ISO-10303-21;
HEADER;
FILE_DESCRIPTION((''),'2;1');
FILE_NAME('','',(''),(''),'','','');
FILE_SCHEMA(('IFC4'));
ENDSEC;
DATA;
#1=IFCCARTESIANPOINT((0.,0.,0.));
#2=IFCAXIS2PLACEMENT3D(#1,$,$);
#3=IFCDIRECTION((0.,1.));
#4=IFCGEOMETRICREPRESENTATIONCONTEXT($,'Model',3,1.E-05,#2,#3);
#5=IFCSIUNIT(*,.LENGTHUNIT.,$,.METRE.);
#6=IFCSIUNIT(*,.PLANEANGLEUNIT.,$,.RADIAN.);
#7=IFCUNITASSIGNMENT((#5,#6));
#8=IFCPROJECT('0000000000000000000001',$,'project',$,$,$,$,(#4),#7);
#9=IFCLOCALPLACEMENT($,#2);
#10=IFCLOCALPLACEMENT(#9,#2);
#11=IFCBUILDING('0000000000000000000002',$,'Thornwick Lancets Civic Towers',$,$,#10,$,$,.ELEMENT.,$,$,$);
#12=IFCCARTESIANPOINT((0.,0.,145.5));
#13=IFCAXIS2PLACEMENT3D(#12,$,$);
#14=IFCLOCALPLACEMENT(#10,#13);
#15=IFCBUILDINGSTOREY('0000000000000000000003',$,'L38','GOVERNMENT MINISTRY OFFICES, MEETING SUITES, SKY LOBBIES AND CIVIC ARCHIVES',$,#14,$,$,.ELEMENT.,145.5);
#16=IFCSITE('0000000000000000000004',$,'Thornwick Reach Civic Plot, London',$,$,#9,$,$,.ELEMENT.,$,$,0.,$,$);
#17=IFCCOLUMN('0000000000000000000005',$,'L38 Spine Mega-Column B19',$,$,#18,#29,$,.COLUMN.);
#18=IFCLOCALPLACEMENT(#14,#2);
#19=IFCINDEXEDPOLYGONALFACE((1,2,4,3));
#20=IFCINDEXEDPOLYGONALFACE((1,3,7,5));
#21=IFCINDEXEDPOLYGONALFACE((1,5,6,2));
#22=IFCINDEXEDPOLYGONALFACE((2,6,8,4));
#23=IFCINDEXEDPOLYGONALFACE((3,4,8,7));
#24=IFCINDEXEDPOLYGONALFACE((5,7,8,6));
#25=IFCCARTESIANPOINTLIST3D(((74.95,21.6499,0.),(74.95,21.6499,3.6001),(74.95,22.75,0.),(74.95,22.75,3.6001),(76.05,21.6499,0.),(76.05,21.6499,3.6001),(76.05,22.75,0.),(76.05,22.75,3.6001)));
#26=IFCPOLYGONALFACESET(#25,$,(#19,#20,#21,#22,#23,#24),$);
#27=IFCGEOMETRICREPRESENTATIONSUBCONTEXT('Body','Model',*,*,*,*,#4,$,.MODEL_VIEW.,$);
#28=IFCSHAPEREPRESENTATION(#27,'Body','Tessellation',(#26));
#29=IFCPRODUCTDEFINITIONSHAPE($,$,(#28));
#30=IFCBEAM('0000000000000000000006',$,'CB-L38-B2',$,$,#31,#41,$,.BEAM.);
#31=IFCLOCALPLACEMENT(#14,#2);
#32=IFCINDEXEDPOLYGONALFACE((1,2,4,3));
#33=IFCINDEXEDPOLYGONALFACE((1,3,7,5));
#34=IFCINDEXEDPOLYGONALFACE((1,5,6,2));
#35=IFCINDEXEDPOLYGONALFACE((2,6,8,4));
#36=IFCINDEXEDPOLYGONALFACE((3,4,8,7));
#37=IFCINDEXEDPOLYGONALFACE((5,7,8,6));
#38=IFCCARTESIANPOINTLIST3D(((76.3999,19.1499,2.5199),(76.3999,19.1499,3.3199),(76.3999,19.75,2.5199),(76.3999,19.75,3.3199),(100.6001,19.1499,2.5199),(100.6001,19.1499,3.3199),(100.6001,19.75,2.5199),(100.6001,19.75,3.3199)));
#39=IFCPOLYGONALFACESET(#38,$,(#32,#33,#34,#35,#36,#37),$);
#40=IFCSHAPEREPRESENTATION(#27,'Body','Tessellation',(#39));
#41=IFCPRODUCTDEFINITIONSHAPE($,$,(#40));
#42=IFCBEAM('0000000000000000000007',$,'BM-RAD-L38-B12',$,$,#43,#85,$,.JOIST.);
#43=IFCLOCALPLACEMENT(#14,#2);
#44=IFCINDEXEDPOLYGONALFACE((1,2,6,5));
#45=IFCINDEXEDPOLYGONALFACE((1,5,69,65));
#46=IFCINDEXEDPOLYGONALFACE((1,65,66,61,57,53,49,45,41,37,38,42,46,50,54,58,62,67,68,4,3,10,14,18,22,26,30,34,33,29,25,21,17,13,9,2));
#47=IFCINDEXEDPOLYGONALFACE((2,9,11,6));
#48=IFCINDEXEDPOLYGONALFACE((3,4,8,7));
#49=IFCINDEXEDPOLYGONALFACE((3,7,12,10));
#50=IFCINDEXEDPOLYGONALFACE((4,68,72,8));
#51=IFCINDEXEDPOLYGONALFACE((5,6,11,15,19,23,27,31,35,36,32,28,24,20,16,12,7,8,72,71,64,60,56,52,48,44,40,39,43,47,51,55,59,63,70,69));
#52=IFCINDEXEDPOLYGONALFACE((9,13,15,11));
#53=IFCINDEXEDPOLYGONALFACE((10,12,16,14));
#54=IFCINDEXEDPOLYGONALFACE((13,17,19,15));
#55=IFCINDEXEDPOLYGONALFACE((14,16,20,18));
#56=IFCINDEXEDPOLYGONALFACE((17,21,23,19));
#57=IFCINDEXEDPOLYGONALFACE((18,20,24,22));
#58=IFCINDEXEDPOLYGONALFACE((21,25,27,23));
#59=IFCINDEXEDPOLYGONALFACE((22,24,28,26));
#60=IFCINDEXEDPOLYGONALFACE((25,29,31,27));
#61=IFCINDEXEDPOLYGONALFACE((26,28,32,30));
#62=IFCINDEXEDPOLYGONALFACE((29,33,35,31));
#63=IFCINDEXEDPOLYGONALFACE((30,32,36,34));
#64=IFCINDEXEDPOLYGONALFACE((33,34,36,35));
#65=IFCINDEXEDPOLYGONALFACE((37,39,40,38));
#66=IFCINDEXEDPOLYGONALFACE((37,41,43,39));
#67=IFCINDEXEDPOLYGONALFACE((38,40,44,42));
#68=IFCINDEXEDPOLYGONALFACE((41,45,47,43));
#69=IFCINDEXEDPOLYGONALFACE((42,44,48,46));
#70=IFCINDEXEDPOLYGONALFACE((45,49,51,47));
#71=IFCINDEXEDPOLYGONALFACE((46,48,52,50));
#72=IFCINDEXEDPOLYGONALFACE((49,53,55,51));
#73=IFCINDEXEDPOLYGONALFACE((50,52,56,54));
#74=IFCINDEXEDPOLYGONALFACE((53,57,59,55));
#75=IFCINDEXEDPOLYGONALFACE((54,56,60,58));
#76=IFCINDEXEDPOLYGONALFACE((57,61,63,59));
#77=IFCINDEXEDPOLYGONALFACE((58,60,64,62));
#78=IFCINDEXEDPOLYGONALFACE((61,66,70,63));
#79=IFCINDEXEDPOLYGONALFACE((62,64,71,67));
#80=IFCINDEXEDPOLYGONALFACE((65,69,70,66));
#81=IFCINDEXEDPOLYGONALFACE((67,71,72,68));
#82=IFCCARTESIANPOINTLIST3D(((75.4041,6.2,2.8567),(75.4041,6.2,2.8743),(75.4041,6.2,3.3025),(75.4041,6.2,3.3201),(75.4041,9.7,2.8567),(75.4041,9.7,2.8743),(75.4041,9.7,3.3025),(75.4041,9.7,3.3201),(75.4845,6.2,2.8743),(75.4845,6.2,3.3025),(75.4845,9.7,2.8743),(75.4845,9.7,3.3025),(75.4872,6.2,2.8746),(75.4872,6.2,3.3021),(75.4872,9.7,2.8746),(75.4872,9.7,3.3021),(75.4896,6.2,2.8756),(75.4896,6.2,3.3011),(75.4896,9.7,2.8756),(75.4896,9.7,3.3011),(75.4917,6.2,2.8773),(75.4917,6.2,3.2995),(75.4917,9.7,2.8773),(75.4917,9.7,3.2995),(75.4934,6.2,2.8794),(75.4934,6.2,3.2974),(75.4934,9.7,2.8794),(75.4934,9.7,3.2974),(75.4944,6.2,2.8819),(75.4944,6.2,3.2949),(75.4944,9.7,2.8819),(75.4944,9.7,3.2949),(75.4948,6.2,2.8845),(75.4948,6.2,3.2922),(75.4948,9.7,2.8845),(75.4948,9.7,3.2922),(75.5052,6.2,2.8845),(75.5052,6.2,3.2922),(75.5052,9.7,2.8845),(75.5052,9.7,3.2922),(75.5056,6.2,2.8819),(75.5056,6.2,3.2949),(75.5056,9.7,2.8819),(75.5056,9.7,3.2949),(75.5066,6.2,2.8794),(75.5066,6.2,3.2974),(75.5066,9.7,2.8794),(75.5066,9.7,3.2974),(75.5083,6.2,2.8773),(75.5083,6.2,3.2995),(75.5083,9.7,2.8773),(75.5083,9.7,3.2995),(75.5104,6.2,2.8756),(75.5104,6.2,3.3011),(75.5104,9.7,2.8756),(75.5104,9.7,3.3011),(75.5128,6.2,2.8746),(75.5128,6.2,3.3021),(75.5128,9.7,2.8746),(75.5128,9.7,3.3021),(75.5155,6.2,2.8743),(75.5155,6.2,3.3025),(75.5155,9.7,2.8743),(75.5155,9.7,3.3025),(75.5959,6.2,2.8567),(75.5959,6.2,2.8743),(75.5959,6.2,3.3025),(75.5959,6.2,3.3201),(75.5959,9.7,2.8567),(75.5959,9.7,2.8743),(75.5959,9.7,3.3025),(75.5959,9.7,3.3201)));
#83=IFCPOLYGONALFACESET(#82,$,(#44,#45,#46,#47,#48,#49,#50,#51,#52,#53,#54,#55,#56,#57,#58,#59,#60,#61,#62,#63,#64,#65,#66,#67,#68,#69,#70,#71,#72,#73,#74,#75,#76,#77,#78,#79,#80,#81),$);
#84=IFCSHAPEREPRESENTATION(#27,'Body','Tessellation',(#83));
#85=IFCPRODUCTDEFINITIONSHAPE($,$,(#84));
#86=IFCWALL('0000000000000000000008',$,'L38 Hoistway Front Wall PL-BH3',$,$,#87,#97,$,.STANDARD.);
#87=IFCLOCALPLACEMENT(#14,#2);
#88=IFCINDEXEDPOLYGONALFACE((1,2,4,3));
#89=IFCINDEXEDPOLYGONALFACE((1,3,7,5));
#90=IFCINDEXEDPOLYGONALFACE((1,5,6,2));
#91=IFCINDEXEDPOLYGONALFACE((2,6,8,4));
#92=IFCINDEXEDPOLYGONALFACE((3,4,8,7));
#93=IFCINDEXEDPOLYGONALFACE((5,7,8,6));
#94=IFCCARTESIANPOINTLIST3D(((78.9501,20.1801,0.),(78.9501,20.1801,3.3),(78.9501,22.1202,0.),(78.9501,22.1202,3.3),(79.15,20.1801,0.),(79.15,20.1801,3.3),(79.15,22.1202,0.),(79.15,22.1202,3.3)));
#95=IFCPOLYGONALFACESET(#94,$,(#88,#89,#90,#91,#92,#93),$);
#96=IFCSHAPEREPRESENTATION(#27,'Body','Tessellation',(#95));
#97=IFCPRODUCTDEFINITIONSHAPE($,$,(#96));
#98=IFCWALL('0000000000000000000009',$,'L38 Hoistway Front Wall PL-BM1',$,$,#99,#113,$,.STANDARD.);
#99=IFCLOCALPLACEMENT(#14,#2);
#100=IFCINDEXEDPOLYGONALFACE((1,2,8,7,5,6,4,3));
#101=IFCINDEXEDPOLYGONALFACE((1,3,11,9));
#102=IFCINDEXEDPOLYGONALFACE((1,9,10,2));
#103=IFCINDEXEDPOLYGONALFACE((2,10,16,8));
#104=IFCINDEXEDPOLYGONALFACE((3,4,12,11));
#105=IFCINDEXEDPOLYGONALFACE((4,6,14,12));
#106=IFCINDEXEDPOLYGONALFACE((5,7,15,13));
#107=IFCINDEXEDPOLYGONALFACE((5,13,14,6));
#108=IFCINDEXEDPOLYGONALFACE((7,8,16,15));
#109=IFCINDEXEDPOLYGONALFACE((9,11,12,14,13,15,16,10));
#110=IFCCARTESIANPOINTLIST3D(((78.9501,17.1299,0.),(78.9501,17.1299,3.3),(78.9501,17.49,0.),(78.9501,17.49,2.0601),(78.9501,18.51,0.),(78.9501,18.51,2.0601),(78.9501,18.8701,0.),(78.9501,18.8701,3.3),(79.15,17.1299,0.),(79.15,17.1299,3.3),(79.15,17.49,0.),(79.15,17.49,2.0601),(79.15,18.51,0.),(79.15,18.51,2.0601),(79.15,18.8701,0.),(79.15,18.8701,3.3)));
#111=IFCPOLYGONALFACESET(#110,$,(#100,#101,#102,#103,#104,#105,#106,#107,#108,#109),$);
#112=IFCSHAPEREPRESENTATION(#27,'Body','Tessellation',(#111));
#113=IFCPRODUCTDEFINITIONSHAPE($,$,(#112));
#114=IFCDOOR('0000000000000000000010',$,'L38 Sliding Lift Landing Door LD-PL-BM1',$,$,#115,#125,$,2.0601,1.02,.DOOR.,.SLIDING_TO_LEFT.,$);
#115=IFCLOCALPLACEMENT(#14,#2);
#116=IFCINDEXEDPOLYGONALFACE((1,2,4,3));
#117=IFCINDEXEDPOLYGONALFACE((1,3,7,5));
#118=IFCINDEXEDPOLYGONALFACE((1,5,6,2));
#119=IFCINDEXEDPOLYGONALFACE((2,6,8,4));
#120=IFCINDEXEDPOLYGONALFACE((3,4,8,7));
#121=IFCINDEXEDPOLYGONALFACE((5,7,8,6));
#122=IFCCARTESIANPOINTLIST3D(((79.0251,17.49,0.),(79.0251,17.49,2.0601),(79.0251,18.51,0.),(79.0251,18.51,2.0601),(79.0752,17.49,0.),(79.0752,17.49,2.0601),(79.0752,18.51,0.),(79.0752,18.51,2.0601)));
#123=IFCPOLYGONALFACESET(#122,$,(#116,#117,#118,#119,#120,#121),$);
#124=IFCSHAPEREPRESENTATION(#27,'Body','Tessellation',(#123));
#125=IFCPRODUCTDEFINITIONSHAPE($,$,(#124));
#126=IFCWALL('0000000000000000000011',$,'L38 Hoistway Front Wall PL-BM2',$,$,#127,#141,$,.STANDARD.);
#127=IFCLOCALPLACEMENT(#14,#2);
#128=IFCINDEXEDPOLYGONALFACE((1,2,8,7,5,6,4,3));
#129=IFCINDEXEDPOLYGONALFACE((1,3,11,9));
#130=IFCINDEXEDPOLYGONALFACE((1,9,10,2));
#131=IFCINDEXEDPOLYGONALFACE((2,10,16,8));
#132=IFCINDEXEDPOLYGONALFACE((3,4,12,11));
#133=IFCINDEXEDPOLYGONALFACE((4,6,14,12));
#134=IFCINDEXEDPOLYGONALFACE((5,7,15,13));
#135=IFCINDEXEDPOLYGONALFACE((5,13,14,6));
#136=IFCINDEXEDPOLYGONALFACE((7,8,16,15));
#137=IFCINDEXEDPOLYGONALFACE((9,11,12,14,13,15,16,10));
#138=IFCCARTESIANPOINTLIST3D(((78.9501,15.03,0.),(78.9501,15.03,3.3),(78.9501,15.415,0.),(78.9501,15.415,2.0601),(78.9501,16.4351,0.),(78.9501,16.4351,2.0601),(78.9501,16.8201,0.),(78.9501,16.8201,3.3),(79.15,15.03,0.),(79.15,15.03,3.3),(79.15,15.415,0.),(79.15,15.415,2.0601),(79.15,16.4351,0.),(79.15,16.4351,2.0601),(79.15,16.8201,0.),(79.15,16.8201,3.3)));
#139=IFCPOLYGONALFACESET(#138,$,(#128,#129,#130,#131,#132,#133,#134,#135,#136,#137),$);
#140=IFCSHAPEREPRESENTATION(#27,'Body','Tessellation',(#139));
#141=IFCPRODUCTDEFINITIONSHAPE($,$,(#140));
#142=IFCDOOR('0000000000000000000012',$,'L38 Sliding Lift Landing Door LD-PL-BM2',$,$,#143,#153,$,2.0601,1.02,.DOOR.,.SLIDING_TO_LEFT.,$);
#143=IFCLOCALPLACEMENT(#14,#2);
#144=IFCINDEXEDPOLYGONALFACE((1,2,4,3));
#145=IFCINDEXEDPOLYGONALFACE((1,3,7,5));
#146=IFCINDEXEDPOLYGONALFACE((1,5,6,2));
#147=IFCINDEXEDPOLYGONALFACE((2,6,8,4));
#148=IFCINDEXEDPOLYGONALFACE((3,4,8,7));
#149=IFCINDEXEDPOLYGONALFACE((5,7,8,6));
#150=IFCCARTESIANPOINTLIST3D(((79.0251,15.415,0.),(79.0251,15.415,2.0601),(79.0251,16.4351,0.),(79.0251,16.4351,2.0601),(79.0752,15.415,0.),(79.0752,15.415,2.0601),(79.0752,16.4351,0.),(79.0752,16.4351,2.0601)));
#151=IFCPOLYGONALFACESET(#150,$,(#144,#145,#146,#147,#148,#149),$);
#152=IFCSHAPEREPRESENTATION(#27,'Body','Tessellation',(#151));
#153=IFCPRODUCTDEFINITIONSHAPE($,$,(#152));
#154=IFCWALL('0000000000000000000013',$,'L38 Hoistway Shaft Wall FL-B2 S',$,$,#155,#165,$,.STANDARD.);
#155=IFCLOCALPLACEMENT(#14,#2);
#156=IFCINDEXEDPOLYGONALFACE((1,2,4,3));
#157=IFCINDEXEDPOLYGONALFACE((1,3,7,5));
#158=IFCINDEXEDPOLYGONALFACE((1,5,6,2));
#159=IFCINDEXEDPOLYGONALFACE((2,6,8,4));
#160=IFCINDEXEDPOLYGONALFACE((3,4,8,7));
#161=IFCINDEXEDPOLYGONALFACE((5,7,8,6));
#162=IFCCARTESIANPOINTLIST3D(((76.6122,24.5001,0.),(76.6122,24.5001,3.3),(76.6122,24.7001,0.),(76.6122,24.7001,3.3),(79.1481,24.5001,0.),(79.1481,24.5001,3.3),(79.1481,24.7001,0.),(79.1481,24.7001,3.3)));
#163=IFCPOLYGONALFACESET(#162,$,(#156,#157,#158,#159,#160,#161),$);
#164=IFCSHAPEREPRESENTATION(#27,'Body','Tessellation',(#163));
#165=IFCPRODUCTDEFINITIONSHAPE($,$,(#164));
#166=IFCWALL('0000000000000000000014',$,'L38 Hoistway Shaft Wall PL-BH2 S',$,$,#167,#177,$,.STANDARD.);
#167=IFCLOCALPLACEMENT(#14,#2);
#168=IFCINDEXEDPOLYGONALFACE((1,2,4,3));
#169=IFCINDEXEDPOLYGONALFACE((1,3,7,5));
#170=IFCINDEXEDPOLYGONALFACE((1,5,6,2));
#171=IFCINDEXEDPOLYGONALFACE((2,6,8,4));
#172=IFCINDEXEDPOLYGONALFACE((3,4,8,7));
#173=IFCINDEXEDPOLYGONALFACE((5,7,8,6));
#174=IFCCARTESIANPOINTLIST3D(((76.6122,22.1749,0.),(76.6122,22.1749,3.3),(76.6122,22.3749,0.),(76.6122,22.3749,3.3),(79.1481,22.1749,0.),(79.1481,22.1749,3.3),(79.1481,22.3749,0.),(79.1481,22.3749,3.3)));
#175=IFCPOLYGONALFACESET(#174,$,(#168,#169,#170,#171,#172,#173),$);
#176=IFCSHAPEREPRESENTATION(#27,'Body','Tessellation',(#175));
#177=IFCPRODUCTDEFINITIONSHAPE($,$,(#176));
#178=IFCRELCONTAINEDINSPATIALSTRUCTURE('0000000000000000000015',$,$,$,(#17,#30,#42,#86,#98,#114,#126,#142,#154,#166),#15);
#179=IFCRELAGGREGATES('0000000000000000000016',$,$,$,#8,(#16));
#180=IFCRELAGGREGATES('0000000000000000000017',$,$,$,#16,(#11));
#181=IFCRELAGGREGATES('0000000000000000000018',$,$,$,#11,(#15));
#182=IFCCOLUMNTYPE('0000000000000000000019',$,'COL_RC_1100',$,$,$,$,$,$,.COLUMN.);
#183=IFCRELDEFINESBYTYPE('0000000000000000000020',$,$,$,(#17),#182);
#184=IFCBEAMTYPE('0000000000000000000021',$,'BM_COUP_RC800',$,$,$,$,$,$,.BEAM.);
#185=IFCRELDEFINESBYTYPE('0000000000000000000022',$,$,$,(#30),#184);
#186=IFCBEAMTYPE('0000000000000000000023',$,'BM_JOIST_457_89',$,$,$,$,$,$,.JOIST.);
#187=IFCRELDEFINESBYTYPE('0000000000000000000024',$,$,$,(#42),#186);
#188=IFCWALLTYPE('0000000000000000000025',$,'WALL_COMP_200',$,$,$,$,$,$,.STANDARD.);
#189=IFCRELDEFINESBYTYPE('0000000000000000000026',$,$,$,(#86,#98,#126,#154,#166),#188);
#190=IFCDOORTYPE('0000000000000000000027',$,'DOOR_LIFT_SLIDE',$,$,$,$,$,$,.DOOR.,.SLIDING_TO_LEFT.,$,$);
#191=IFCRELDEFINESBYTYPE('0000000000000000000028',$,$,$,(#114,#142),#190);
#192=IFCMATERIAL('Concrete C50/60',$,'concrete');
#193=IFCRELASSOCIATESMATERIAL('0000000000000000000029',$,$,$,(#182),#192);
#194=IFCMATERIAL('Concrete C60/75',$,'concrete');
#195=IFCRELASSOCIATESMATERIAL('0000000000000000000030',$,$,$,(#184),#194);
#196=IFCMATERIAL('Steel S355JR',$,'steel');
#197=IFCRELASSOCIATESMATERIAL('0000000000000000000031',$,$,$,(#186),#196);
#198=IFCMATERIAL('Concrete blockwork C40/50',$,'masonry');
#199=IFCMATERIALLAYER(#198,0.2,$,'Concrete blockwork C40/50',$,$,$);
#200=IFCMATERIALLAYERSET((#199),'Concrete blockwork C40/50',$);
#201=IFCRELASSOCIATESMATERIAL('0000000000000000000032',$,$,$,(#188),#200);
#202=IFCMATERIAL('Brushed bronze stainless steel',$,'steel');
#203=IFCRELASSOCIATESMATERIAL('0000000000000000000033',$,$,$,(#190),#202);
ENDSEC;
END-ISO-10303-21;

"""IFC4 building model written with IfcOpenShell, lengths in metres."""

from ifc_helpers import new_model, si_unit, direction, frame, frame_2d, origin, origin_2d, place, context, subcontext, project, spatial, rectangle, i_section, extrude, material, layer, layer_set, material_profile, profile_set, type_object, element, fill, save


model = new_model("IFC4")

# Units and contexts
model_context = context("Model", 3, precision=1e-05, world=origin(), true_north=direction((0.0, 1.0)))
body_context = subcontext(model_context, "Body", "Model", "MODEL_VIEW")
ifc_project = project(units=[si_unit("LENGTHUNIT", "METRE"), si_unit("PLANEANGLEUNIT", "RADIAN")], contexts=[model_context])

# Site, building, storey
site_placement = place(None, origin())
site = spatial("IfcSite", under=ifc_project, at=site_placement, Name="Thornwick Reach Civic Plot, London", CompositionType="ELEMENT", RefElevation=0.0)
building_placement = place(site_placement, origin())
building = spatial("IfcBuilding", under=site, at=building_placement, Name="Thornwick Lancets Civic Towers", CompositionType="ELEMENT")
storey_placement = place(building_placement, frame((0.0, 0.0, 145.5)))
storey = spatial("IfcBuildingStorey", under=building, at=storey_placement, Name="L38", Description="GOVERNMENT MINISTRY OFFICES, MEETING SUITES, SKY LOBBIES AND CIVIC ARCHIVES", CompositionType="ELEMENT", Elevation=145.5)

# Column
ifc_material_1 = material(Name="Concrete C50/60", Category="concrete")
ifc_material_profile_1 = material_profile(ifc_material_1, rectangle(XDim=1.1001, YDim=1.1001, at=origin_2d()), Name="RC 1100x1100")
ifc_profile_set_1 = profile_set([ifc_material_profile_1], Name="Concrete C50/60")
column_type = type_object("IfcColumnType", Name="COL_RC_1100", PredefinedType="COLUMN", material=ifc_profile_set_1)
column_placement = place(storey_placement, frame((75.5, 22.2, 0.0), z_axis=(0.0, 0.0, 1.0), x_axis=(1.0, 0.0, 0.0)))
element("IfcColumn", 1, at=column_placement, inside=storey, type_object=column_type, Name="L38 Spine Mega-Column B19", PredefinedType="COLUMN", context=body_context, shape_type="SweptSolid", body=[
    extrude(rectangle(XDim=1.1001, YDim=1.1001, at=origin_2d()), origin(), (0.0, 0.0, 1.0), 3.6001),
])

# Beams
ifc_material_2 = material(Name="Concrete C60/75", Category="concrete")
ifc_material_profile_2 = material_profile(ifc_material_2, rectangle(XDim=0.6001, YDim=0.8, at=origin_2d()), Name="RC 600x800")
ifc_profile_set_2 = profile_set([ifc_material_profile_2], Name="Concrete C60/75")
beam_type_1 = type_object("IfcBeamType", Name="BM_COUP_RC800", PredefinedType="BEAM", material=ifc_profile_set_2)
beam_1_placement = place(storey_placement, frame((76.3999, 19.45, 2.9199), z_axis=(1.0, 0.0, 0.0), x_axis=(0.0, 1.0, 0.0)))
element("IfcBeam", 2, at=beam_1_placement, inside=storey, type_object=beam_type_1, Name="CB-L38-B2", PredefinedType="BEAM", context=body_context, shape_type="SweptSolid", body=[
    extrude(rectangle(XDim=0.6001, YDim=0.8, at=origin_2d()), origin(), (0.0, 0.0, 1.0), 24.2002),
])
ifc_material_3 = material(Name="Steel S355JR", Category="steel")
ifc_material_profile_3 = material_profile(ifc_material_3, i_section(OverallWidth=0.1919, OverallDepth=0.4634, WebThickness=0.0105, FlangeThickness=0.0176, FilletRadius=0.0103, at=origin_2d()), Name="UKB 457x191x89")
ifc_profile_set_3 = profile_set([ifc_material_profile_3], Name="Steel S355JR")
beam_type_2 = type_object("IfcBeamType", Name="BM_JOIST_457_89", PredefinedType="JOIST", material=ifc_profile_set_3)
beam_2_placement = place(storey_placement, frame((75.5, 9.7, 3.0884), z_axis=(0.0, -1.0, 0.0), x_axis=(1.0, 0.0, 0.0)))
element("IfcBeam", 3, at=beam_2_placement, inside=storey, type_object=beam_type_2, Name="BM-RAD-L38-B12", PredefinedType="JOIST", context=body_context, shape_type="SweptSolid", body=[
    extrude(i_section(OverallWidth=0.1919, OverallDepth=0.4634, WebThickness=0.0105, FlangeThickness=0.0176, FilletRadius=0.0103, at=origin_2d()), origin(), (0.0, 0.0, 1.0), 3.5),
])

# Wall
ifc_material_4 = material(Name="Concrete blockwork C40/50", Category="masonry")
ifc_layer_1 = layer(ifc_material_4, 0.2, Name="Concrete blockwork C40/50")
ifc_layer_set_1 = layer_set([ifc_layer_1], Name="Concrete blockwork C40/50")
wall_type_1 = type_object("IfcWallType", Name="WALL_COMP_200", PredefinedType="STANDARD", material=ifc_layer_set_1)
wall_1_placement = place(storey_placement, frame((79.05, 20.1799, 0.0), z_axis=(0.0, 0.0, 1.0), x_axis=(0.0, 1.0, 0.0)))
element("IfcWall", 4, at=wall_1_placement, inside=storey, type_object=wall_type_1, Name="L38 Hoistway Front Wall PL-BH3", PredefinedType="STANDARD", context=body_context, shape_type="SweptSolid", body=[
    extrude(rectangle(XDim=1.9402, YDim=0.2, at=frame_2d((0.9702, 0.0))), origin(), (0.0, 0.0, 1.0), 3.3),
])

# Walls, openings, doors
wall_2_placement = place(storey_placement, frame((79.05, 17.1299, 0.0), z_axis=(0.0, 0.0, 1.0), x_axis=(0.0, 1.0, 0.0)))
wall_2 = element("IfcWall", 5, at=wall_2_placement, inside=storey, type_object=wall_type_1, Name="L38 Hoistway Front Wall PL-BM1", PredefinedType="STANDARD", context=body_context, shape_type="SweptSolid", body=[
    extrude(rectangle(XDim=1.7402, YDim=0.2, at=frame_2d((0.8701, 0.0))), origin(), (0.0, 0.0, 1.0), 3.3),
])
opening_1_placement = place(wall_2_placement, frame((0.3601, 0.0, 0.0)))
opening_1 = element("IfcOpeningElement", 6, at=opening_1_placement, cuts=wall_2, PredefinedType="OPENING", context=body_context, shape_type="SweptSolid", body=[
    extrude(rectangle(XDim=1.02, YDim=2.0601, at=frame_2d((0.51, 1.03))), frame((0.0, 0.1099, 0.0), z_axis=(0.0, -1.0, 0.0), x_axis=(1.0, 0.0, 0.0)), (0.0, 0.0, 1.0), 0.22),
])
ifc_material_5 = material(Name="Brushed bronze stainless steel", Category="steel")
door_type = type_object("IfcDoorType", Name="DOOR_LIFT_SLIDE", OperationType="SLIDING_TO_LEFT", PredefinedType="DOOR", material=ifc_material_5)
door_1_placement = place(opening_1_placement, origin())
door_1 = element("IfcDoor", 7, at=door_1_placement, inside=storey, type_object=door_type, Name="L38 Sliding Lift Landing Door LD-PL-BM1", OperationType="SLIDING_TO_LEFT", OverallHeight=2.0601, OverallWidth=1.02, PredefinedType="DOOR", context=body_context, shape_type="SweptSolid", body=[
    extrude(rectangle(XDim=1.02, YDim=2.0601, at=frame_2d((0.51, 1.03))), frame((0.0, 0.0249, 0.0), z_axis=(0.0, -1.0, 0.0), x_axis=(1.0, 0.0, 0.0)), (0.0, 0.0, 1.0), 0.05),
])
fill(opening_1, door_1)
wall_3_placement = place(storey_placement, frame((79.05, 15.03, 0.0), z_axis=(0.0, 0.0, 1.0), x_axis=(0.0, 1.0, 0.0)))
wall_3 = element("IfcWall", 8, at=wall_3_placement, inside=storey, type_object=wall_type_1, Name="L38 Hoistway Front Wall PL-BM2", PredefinedType="STANDARD", context=body_context, shape_type="SweptSolid", body=[
    extrude(rectangle(XDim=1.79, YDim=0.2, at=frame_2d((0.895, 0.0))), origin(), (0.0, 0.0, 1.0), 3.3),
])
opening_2_placement = place(wall_3_placement, frame((0.385, 0.0, 0.0)))
opening_2 = element("IfcOpeningElement", 9, at=opening_2_placement, cuts=wall_3, PredefinedType="OPENING", context=body_context, shape_type="SweptSolid", body=[
    extrude(rectangle(XDim=1.02, YDim=2.0601, at=frame_2d((0.51, 1.03))), frame((0.0, 0.1099, 0.0), z_axis=(0.0, -1.0, 0.0), x_axis=(1.0, 0.0, 0.0)), (0.0, 0.0, 1.0), 0.22),
])
door_2_placement = place(opening_2_placement, origin())
door_2 = element("IfcDoor", 10, at=door_2_placement, inside=storey, type_object=door_type, Name="L38 Sliding Lift Landing Door LD-PL-BM2", OperationType="SLIDING_TO_LEFT", OverallHeight=2.0601, OverallWidth=1.02, PredefinedType="DOOR", context=body_context, shape_type="SweptSolid", body=[
    extrude(rectangle(XDim=1.02, YDim=2.0601, at=frame_2d((0.51, 1.03))), frame((0.0, 0.0249, 0.0), z_axis=(0.0, -1.0, 0.0), x_axis=(1.0, 0.0, 0.0)), (0.0, 0.0, 1.0), 0.05),
])
fill(opening_2, door_2)

# Walls
for number, where, z_axis, x_axis, name in (
    (11, (76.6121, 24.6001, 0.0), (0.0, 0.0, 1.0), (1.0, 0.0, 0.0), "L38 Hoistway Shaft Wall FL-B2 S"),
    (12, (76.6121, 22.2749, 0.0), (0.0, 0.0, 1.0), (1.0, 0.0, 0.0), "L38 Hoistway Shaft Wall PL-BH2 S"),
):
    element("IfcWall", number, at=place(storey_placement, frame(where, z_axis=z_axis, x_axis=x_axis)), inside=storey, type_object=wall_type_1, Name=name, PredefinedType="STANDARD", context=body_context, shape_type="SweptSolid", body=[
        extrude(rectangle(XDim=2.5359, YDim=0.2, at=frame_2d((1.2681, 0.0))), origin(), (0.0, 0.0, 1.0), 3.3),
    ])

save(model, "model.ifc")
